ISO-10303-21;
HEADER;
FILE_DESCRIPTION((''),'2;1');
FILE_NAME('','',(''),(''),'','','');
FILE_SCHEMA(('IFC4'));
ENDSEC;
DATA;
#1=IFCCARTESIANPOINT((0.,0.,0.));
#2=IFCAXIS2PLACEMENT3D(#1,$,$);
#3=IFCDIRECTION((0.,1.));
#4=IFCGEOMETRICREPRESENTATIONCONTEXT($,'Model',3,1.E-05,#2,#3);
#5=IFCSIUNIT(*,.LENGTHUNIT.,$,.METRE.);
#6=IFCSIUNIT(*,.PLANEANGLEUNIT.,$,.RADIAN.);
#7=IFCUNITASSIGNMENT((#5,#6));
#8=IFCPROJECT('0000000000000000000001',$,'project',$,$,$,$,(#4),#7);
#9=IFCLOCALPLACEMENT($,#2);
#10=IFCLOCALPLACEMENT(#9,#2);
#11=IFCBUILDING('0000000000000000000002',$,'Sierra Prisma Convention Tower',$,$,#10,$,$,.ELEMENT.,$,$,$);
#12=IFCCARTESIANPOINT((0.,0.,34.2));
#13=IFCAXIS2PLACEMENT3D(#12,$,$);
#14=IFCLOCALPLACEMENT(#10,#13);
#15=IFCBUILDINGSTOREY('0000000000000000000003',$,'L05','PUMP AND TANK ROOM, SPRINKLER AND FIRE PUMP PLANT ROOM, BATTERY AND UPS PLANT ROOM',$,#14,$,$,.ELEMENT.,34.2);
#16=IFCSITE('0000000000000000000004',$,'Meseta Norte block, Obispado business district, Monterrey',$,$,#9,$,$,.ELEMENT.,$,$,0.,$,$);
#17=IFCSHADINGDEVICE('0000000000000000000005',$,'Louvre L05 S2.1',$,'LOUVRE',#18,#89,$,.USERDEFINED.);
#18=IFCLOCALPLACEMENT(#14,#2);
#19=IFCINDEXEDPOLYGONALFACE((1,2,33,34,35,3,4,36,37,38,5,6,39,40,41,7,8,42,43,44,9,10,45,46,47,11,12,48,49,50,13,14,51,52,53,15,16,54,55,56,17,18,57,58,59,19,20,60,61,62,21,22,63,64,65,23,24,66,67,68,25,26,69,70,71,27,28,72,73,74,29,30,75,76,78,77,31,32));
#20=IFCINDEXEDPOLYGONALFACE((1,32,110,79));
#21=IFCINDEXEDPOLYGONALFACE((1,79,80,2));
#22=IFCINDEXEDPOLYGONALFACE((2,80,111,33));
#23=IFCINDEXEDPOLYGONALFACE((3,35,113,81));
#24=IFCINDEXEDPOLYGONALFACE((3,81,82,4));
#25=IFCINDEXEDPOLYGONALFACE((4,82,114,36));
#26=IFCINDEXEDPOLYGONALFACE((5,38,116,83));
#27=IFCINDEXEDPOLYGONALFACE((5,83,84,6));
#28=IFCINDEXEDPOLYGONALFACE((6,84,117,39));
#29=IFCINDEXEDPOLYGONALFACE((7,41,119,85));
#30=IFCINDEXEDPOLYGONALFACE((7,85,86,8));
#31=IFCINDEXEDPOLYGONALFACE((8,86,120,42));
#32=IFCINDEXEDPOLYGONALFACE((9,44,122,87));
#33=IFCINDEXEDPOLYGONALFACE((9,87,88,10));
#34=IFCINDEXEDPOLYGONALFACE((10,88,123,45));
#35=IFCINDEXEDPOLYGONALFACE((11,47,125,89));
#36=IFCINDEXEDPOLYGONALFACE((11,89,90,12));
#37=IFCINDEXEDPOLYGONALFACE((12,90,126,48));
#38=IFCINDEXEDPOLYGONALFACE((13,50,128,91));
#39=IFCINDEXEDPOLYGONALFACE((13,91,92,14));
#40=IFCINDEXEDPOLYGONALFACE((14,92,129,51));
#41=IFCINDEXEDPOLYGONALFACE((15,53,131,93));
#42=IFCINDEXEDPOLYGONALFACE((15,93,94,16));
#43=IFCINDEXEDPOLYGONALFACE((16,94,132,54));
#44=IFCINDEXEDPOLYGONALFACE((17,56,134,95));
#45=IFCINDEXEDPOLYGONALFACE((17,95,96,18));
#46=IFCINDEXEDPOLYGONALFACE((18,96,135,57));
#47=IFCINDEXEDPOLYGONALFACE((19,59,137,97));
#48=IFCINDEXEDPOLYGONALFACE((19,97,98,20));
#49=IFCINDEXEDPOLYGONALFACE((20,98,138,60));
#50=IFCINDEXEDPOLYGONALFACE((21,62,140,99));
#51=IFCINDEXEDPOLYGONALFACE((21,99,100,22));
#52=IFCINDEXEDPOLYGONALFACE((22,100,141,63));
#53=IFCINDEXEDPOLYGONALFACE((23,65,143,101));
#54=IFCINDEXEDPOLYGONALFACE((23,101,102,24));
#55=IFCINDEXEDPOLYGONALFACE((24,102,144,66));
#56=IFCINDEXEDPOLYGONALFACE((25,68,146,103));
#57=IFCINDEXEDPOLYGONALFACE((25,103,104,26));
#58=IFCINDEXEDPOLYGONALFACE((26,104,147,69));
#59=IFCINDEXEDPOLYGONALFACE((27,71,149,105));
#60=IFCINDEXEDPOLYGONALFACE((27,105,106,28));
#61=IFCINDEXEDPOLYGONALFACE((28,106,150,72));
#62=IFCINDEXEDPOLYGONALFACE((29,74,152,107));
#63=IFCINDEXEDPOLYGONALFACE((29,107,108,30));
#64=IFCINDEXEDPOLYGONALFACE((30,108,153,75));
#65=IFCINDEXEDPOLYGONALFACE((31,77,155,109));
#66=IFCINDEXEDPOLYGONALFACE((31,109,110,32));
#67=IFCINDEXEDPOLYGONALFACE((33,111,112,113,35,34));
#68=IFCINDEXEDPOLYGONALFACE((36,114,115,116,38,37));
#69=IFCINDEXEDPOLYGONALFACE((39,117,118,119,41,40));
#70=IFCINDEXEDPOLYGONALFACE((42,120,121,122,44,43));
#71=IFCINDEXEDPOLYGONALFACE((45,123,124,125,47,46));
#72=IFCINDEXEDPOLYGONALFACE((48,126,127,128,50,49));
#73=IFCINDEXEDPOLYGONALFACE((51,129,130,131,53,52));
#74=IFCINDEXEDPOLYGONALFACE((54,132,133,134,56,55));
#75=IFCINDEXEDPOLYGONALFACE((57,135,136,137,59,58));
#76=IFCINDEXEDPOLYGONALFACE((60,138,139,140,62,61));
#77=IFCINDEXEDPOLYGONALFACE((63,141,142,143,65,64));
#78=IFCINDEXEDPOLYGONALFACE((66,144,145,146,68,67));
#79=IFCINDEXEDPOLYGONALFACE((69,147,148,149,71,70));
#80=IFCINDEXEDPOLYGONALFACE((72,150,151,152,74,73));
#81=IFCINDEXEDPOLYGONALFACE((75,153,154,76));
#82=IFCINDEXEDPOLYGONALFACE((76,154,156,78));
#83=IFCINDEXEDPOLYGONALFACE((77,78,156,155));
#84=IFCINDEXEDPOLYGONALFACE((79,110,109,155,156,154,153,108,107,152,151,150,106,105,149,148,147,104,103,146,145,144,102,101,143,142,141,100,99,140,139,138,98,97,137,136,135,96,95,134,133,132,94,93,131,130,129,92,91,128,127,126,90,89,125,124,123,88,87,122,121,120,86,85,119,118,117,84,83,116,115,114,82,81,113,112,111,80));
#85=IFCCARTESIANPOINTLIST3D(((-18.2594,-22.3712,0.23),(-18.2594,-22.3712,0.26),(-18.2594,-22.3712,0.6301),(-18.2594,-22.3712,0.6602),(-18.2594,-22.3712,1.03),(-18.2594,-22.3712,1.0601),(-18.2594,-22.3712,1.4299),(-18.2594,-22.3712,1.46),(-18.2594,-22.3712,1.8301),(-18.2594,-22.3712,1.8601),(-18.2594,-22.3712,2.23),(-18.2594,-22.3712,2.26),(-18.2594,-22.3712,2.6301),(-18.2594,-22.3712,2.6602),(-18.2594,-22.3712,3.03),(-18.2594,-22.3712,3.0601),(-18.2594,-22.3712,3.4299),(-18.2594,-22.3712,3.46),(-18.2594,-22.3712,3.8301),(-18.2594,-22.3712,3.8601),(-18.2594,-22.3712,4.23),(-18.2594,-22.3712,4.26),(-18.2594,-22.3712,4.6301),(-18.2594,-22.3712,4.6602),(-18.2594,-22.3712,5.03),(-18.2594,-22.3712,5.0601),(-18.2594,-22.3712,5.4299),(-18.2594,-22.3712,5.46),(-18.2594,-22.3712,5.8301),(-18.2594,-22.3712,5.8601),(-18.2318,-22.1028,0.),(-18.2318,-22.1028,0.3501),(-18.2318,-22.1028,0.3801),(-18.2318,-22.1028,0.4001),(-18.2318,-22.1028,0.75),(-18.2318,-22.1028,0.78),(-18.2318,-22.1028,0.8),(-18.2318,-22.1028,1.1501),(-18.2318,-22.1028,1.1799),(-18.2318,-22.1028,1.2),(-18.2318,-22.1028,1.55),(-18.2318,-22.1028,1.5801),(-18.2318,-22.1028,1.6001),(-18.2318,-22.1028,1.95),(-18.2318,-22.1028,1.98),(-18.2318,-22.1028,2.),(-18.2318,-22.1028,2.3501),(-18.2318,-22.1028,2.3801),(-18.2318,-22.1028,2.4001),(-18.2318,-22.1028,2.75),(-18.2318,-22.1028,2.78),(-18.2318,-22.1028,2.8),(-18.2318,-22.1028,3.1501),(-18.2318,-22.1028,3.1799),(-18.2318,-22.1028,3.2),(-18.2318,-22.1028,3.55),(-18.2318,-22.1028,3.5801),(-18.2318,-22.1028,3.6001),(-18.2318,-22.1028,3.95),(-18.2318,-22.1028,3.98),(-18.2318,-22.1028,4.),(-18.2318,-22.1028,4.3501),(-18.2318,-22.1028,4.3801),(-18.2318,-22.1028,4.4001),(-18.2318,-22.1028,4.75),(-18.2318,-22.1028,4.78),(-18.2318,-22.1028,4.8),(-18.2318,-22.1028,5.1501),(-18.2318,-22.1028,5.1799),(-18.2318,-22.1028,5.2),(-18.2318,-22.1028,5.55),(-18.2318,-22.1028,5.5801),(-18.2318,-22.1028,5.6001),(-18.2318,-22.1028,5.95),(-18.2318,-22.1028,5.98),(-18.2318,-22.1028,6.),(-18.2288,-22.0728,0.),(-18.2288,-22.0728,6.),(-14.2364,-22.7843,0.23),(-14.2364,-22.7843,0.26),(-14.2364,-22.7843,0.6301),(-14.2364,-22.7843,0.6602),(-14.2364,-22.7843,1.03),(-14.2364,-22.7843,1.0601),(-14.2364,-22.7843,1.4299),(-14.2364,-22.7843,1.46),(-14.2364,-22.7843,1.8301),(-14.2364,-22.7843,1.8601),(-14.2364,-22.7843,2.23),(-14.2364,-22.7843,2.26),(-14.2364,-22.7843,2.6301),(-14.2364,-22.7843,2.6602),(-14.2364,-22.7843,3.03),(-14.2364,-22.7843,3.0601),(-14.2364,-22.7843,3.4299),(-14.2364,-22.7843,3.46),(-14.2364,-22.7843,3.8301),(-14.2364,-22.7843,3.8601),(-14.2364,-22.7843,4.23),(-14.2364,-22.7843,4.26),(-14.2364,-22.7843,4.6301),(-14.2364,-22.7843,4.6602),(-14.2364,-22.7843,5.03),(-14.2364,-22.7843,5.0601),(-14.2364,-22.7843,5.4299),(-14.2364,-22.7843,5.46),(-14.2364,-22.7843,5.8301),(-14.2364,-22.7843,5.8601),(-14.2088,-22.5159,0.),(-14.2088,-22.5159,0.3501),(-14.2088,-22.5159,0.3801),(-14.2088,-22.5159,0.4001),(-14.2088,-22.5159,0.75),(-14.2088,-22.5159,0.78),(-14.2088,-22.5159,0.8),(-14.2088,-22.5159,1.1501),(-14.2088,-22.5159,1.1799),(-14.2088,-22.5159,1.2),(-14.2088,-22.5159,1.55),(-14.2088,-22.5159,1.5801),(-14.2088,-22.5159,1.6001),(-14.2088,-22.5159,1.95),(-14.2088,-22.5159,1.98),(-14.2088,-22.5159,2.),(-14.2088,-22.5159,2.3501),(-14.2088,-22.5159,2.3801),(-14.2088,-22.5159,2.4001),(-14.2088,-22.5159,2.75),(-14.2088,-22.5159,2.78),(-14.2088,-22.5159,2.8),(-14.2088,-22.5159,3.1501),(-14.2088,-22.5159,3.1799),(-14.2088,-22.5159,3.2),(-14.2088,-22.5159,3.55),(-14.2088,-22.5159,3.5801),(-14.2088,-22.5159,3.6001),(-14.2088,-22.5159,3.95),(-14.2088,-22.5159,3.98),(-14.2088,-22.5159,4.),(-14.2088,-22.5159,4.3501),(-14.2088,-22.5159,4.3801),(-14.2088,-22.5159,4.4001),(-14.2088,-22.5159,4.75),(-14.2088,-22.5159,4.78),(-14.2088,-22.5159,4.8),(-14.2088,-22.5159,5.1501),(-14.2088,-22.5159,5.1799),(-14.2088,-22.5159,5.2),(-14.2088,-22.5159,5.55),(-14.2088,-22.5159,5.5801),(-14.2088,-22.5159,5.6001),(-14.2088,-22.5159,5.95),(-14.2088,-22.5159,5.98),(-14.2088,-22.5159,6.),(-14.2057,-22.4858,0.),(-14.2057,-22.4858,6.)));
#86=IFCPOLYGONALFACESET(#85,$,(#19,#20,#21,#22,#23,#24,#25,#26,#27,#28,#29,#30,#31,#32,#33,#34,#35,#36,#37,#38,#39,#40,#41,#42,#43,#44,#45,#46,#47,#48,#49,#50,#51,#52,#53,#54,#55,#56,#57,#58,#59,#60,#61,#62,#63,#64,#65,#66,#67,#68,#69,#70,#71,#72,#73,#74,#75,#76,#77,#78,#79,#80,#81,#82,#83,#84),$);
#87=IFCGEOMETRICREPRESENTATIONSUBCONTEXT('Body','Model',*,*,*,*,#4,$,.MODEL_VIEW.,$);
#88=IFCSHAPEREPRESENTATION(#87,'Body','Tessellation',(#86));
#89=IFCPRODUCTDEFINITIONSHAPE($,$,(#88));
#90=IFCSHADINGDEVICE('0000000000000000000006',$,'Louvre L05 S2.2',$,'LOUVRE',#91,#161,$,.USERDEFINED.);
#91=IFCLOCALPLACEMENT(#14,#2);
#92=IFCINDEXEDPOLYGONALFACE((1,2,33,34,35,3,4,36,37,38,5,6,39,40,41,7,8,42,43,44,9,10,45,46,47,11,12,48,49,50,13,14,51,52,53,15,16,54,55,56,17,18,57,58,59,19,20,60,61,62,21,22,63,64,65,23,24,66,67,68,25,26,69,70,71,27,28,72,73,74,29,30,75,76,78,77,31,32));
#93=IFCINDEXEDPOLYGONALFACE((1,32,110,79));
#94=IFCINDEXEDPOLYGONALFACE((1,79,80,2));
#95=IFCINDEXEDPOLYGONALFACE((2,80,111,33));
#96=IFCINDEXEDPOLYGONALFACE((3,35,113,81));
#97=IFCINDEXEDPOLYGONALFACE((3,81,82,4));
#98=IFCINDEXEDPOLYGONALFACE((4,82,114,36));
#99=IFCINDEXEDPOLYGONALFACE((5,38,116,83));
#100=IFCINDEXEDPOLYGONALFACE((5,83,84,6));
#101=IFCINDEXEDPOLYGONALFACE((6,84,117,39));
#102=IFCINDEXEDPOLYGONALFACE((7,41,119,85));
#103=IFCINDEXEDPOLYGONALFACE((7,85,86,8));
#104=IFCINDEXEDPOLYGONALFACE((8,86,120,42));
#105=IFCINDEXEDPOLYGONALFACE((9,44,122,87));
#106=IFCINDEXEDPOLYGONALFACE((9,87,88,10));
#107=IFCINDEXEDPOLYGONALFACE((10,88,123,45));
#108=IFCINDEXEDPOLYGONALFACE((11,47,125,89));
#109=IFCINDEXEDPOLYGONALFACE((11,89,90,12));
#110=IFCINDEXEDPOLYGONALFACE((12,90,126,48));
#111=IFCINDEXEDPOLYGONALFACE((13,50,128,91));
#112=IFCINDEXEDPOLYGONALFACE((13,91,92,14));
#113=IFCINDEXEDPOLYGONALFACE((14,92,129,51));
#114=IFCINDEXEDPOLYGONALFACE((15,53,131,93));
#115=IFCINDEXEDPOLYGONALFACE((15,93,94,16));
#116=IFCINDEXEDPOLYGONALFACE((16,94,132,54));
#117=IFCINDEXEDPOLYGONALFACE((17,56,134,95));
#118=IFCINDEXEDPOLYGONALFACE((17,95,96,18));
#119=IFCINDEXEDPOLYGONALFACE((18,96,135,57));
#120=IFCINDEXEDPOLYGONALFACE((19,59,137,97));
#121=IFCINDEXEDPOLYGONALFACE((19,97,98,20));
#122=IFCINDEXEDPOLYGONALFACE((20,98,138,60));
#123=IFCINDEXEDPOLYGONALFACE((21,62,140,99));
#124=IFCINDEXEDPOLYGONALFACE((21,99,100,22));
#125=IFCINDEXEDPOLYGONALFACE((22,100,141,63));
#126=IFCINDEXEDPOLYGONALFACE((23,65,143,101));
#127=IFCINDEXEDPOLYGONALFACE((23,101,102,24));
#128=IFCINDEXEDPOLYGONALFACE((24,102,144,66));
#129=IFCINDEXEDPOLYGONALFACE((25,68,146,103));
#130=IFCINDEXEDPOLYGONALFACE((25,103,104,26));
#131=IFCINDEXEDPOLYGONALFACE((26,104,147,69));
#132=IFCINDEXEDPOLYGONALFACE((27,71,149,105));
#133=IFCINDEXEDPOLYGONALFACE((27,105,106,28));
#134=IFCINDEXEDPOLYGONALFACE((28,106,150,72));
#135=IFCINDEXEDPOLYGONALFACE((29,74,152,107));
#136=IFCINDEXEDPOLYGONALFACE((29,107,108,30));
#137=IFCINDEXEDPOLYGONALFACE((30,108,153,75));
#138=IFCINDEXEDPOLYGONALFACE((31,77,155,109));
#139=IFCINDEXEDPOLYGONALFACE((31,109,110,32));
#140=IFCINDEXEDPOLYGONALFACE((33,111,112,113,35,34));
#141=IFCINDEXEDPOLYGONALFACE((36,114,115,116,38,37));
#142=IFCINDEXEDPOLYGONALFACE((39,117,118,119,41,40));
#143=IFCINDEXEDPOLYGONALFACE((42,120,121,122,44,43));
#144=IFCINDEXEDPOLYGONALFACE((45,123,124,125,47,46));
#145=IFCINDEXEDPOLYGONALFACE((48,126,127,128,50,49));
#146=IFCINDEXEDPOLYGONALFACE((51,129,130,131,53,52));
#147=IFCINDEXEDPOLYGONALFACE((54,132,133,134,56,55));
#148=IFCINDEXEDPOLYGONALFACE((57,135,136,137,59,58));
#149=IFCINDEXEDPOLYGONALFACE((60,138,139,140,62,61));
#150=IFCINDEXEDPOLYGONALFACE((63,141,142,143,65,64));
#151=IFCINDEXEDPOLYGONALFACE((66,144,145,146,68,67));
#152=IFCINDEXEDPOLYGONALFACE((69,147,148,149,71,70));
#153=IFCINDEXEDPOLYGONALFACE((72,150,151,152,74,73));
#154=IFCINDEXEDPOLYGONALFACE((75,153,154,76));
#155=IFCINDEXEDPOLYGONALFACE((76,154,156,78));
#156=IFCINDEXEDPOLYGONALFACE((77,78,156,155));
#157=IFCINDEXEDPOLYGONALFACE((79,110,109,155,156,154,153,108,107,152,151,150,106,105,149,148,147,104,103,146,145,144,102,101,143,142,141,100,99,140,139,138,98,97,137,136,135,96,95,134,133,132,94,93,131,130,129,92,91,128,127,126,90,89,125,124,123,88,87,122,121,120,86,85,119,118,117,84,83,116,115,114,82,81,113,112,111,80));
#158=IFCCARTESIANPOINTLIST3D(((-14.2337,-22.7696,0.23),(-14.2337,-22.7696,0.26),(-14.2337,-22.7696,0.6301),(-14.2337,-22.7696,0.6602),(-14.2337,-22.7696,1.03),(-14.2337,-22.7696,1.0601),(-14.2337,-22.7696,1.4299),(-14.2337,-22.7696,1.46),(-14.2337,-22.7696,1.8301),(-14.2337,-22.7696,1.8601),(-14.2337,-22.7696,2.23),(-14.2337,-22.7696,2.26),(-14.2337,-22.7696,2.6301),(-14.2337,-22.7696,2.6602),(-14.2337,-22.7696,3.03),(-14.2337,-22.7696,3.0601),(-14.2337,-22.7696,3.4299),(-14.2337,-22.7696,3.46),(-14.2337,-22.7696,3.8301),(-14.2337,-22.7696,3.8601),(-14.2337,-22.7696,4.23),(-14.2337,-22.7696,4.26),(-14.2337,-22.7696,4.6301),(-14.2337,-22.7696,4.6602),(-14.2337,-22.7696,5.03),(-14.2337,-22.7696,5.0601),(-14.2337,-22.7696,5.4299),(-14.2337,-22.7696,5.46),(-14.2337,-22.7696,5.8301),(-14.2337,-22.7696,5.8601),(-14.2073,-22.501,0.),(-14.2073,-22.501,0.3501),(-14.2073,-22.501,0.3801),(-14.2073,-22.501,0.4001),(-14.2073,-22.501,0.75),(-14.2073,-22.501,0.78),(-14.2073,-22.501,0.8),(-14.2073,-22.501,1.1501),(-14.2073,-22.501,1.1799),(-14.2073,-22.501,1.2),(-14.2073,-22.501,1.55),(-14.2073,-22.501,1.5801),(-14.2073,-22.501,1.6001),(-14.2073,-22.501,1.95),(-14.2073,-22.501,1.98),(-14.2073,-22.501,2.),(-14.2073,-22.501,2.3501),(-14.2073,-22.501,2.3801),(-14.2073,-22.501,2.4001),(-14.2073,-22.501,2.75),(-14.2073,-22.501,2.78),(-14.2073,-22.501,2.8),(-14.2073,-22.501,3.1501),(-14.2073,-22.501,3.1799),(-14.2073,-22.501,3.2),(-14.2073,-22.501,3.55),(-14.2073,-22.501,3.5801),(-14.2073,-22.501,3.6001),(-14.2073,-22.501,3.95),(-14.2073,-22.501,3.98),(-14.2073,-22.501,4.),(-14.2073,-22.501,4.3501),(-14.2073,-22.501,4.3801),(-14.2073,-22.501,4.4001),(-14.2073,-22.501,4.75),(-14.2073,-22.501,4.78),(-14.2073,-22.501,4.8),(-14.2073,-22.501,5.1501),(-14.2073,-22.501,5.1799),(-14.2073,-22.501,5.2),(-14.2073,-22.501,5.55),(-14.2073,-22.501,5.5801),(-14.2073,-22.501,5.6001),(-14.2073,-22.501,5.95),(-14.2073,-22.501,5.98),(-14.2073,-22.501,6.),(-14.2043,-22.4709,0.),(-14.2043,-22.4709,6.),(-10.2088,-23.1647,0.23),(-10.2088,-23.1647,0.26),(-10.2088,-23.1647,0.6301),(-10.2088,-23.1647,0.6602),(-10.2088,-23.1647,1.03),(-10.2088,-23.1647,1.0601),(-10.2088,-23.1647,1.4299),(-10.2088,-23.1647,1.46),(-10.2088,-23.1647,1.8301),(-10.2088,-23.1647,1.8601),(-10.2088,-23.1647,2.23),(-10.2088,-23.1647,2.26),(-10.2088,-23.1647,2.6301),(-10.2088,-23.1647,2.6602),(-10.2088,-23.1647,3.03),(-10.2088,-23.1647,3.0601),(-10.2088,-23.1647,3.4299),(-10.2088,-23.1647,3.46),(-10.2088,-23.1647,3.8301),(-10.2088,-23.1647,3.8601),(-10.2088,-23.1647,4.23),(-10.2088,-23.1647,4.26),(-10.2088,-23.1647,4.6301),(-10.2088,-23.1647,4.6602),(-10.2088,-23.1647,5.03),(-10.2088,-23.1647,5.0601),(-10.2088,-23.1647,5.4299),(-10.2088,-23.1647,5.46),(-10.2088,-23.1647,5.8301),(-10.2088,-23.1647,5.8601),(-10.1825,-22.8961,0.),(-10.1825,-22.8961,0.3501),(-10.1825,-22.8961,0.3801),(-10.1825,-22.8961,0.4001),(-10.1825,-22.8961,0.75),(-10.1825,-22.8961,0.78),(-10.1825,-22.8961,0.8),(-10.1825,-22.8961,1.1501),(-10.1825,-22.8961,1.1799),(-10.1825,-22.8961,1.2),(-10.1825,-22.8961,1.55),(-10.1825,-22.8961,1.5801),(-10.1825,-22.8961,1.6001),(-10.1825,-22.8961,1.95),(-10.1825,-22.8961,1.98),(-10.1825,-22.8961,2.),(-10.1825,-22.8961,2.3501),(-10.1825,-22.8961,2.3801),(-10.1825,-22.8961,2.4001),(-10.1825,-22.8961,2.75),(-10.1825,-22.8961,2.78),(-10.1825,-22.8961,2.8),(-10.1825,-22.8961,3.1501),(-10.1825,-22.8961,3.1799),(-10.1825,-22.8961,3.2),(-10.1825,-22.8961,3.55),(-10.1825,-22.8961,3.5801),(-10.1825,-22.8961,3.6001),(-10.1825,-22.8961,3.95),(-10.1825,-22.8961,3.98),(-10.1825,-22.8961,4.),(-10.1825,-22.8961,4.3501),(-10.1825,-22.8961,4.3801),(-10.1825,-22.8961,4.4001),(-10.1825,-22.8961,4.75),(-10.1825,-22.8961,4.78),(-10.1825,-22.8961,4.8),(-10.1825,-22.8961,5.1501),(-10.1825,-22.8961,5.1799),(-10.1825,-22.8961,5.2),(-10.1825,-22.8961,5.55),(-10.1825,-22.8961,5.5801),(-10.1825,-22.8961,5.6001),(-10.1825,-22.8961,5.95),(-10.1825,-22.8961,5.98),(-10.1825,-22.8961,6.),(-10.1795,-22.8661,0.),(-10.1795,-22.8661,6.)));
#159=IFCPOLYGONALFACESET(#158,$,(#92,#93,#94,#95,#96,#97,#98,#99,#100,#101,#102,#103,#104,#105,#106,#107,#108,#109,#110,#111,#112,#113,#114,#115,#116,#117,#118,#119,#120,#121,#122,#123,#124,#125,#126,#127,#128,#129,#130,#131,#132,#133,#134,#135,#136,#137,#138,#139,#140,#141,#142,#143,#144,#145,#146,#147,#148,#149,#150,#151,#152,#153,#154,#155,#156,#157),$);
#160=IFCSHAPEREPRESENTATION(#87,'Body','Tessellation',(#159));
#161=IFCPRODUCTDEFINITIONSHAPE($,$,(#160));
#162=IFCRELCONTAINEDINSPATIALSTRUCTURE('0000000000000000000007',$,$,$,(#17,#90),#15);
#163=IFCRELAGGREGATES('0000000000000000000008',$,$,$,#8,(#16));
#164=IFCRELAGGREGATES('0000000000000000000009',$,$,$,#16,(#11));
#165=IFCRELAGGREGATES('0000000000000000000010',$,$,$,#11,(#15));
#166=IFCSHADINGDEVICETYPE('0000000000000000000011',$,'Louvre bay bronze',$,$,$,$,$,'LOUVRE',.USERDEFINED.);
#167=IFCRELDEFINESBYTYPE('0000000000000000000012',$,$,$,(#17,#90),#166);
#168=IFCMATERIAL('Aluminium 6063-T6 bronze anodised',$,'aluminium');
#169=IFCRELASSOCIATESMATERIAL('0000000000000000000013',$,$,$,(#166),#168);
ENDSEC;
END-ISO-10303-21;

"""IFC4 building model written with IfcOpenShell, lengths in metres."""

from ifc_helpers import new_model, si_unit, direction, frame, origin, place, context, subcontext, project, spatial, polyline, outline, extrude, material, type_object, element, save


model = new_model("IFC4")

# Units and contexts
model_context = context("Model", 3, precision=1e-05, world=origin(), true_north=direction((0.0, 1.0)))
body_context = subcontext(model_context, "Body", "Model", "MODEL_VIEW")
ifc_project = project(units=[si_unit("LENGTHUNIT", "METRE"), si_unit("PLANEANGLEUNIT", "RADIAN")], contexts=[model_context])

# Site, building, storey
site_placement = place(None, origin())
site = spatial("IfcSite", under=ifc_project, at=site_placement, Name="Meseta Norte block, Obispado business district, Monterrey", CompositionType="ELEMENT", RefElevation=0.0)
building_placement = place(site_placement, origin())
building = spatial("IfcBuilding", under=site, at=building_placement, Name="Sierra Prisma Convention Tower", CompositionType="ELEMENT")
storey_placement = place(building_placement, frame((0.0, 0.0, 34.2)))
storey = spatial("IfcBuildingStorey", under=building, at=storey_placement, Name="L05", Description="PUMP AND TANK ROOM, SPRINKLER AND FIRE PUMP PLANT ROOM, BATTERY AND UPS PLANT ROOM", CompositionType="ELEMENT", Elevation=34.2)

# Shading devices
ifc_material_1 = material(Name="Aluminium 6063-T6 bronze anodised", Category="aluminium")
shading_device_type = type_object("IfcShadingDeviceType", Name="Louvre bay bronze", ElementType="LOUVRE", PredefinedType="USERDEFINED", material=ifc_material_1)
shading_device_1_placement = place(storey_placement, frame((-18.2288, -22.0728, 0.0), z_axis=(-0.99477, 0.102139, 0.0), x_axis=(0.0, 0.0, 1.0)))
element("IfcShadingDevice", 1, at=shading_device_1_placement, inside=storey, type_object=shading_device_type, Name="Louvre L05 S2.1", ObjectType="LOUVRE", PredefinedType="USERDEFINED", context=body_context, shape_type="SweptSolid", body=[
    extrude(outline(polyline([(0.0, 0.0), (6.0, 0.0), (6.0, -0.0302), (5.98, -0.0302), (5.8601, -0.3), (5.8301, -0.3), (5.95, -0.0302), (5.6001, -0.0302), (5.5801, -0.0302), (5.46, -0.3), (5.4299, -0.3), (5.55, -0.0302), (5.2, -0.0302), (5.1799, -0.0302), (5.0601, -0.3), (5.03, -0.3), (5.1501, -0.0302), (4.8, -0.0302), (4.78, -0.0302), (4.6602, -0.3), (4.6301, -0.3), (4.75, -0.0302), (4.4001, -0.0302), (4.3801, -0.0302), (4.26, -0.3), (4.23, -0.3), (4.3501, -0.0302), (4.0, -0.0302), (3.98, -0.0302), (3.8601, -0.3), (3.8301, -0.3), (3.95, -0.0302), (3.6001, -0.0302), (3.5801, -0.0302), (3.46, -0.3), (3.4299, -0.3), (3.55, -0.0302), (3.2, -0.0302), (3.1799, -0.0302), (3.0601, -0.3), (3.03, -0.3), (3.1501, -0.0302), (2.8, -0.0302), (2.78, -0.0302), (2.6602, -0.3), (2.6301, -0.3), (2.75, -0.0302), (2.4001, -0.0302), (2.3801, -0.0302), (2.26, -0.3), (2.23, -0.3), (2.3501, -0.0302), (2.0, -0.0302), (1.98, -0.0302), (1.8601, -0.3), (1.8301, -0.3), (1.95, -0.0302), (1.6001, -0.0302), (1.5801, -0.0302), (1.46, -0.3), (1.4299, -0.3), (1.55, -0.0302), (1.2, -0.0302), (1.1799, -0.0302), (1.0601, -0.3), (1.03, -0.3), (1.1501, -0.0302), (0.8, -0.0302), (0.78, -0.0302), (0.6602, -0.3), (0.6301, -0.3), (0.75, -0.0302), (0.4001, -0.0302), (0.3801, -0.0302), (0.26, -0.3), (0.23, -0.3), (0.3501, -0.0302), (0.0, -0.0302), (0.0, 0.0)])), origin(), (0.0, 0.0, -1.0), 4.0442),
])
shading_device_2_placement = place(storey_placement, frame((-14.2043, -22.4709, 0.0), z_axis=(-0.995215, 0.097706, 0.0), x_axis=(0.0, 0.0, 1.0)))
element("IfcShadingDevice", 2, at=shading_device_2_placement, inside=storey, type_object=shading_device_type, Name="Louvre L05 S2.2", ObjectType="LOUVRE", PredefinedType="USERDEFINED", context=body_context, shape_type="SweptSolid", body=[
    extrude(outline(polyline([(0.0, 0.0), (6.0, 0.0), (6.0, -0.0302), (5.98, -0.0302), (5.8601, -0.3), (5.8301, -0.3), (5.95, -0.0302), (5.6001, -0.0302), (5.5801, -0.0302), (5.46, -0.3), (5.4299, -0.3), (5.55, -0.0302), (5.2, -0.0302), (5.1799, -0.0302), (5.0601, -0.3), (5.03, -0.3), (5.1501, -0.0302), (4.8, -0.0302), (4.78, -0.0302), (4.6602, -0.3), (4.6301, -0.3), (4.75, -0.0302), (4.4001, -0.0302), (4.3801, -0.0302), (4.26, -0.3), (4.23, -0.3), (4.3501, -0.0302), (4.0, -0.0302), (3.98, -0.0302), (3.8601, -0.3), (3.8301, -0.3), (3.95, -0.0302), (3.6001, -0.0302), (3.5801, -0.0302), (3.46, -0.3), (3.4299, -0.3), (3.55, -0.0302), (3.2, -0.0302), (3.1799, -0.0302), (3.0601, -0.3), (3.03, -0.3), (3.1501, -0.0302), (2.8, -0.0302), (2.78, -0.0302), (2.6602, -0.3), (2.6301, -0.3), (2.75, -0.0302), (2.4001, -0.0302), (2.3801, -0.0302), (2.26, -0.3), (2.23, -0.3), (2.3501, -0.0302), (2.0, -0.0302), (1.98, -0.0302), (1.8601, -0.3), (1.8301, -0.3), (1.95, -0.0302), (1.6001, -0.0302), (1.5801, -0.0302), (1.46, -0.3), (1.4299, -0.3), (1.55, -0.0302), (1.2, -0.0302), (1.1799, -0.0302), (1.0601, -0.3), (1.03, -0.3), (1.1501, -0.0302), (0.8, -0.0302), (0.78, -0.0302), (0.6602, -0.3), (0.6301, -0.3), (0.75, -0.0302), (0.4001, -0.0302), (0.3801, -0.0302), (0.26, -0.3), (0.23, -0.3), (0.3501, -0.0302), (0.0, -0.0302), (0.0, 0.0)])), origin(), (0.0, 0.0, -1.0), 4.0442),
])

save(model, "model.ifc")
